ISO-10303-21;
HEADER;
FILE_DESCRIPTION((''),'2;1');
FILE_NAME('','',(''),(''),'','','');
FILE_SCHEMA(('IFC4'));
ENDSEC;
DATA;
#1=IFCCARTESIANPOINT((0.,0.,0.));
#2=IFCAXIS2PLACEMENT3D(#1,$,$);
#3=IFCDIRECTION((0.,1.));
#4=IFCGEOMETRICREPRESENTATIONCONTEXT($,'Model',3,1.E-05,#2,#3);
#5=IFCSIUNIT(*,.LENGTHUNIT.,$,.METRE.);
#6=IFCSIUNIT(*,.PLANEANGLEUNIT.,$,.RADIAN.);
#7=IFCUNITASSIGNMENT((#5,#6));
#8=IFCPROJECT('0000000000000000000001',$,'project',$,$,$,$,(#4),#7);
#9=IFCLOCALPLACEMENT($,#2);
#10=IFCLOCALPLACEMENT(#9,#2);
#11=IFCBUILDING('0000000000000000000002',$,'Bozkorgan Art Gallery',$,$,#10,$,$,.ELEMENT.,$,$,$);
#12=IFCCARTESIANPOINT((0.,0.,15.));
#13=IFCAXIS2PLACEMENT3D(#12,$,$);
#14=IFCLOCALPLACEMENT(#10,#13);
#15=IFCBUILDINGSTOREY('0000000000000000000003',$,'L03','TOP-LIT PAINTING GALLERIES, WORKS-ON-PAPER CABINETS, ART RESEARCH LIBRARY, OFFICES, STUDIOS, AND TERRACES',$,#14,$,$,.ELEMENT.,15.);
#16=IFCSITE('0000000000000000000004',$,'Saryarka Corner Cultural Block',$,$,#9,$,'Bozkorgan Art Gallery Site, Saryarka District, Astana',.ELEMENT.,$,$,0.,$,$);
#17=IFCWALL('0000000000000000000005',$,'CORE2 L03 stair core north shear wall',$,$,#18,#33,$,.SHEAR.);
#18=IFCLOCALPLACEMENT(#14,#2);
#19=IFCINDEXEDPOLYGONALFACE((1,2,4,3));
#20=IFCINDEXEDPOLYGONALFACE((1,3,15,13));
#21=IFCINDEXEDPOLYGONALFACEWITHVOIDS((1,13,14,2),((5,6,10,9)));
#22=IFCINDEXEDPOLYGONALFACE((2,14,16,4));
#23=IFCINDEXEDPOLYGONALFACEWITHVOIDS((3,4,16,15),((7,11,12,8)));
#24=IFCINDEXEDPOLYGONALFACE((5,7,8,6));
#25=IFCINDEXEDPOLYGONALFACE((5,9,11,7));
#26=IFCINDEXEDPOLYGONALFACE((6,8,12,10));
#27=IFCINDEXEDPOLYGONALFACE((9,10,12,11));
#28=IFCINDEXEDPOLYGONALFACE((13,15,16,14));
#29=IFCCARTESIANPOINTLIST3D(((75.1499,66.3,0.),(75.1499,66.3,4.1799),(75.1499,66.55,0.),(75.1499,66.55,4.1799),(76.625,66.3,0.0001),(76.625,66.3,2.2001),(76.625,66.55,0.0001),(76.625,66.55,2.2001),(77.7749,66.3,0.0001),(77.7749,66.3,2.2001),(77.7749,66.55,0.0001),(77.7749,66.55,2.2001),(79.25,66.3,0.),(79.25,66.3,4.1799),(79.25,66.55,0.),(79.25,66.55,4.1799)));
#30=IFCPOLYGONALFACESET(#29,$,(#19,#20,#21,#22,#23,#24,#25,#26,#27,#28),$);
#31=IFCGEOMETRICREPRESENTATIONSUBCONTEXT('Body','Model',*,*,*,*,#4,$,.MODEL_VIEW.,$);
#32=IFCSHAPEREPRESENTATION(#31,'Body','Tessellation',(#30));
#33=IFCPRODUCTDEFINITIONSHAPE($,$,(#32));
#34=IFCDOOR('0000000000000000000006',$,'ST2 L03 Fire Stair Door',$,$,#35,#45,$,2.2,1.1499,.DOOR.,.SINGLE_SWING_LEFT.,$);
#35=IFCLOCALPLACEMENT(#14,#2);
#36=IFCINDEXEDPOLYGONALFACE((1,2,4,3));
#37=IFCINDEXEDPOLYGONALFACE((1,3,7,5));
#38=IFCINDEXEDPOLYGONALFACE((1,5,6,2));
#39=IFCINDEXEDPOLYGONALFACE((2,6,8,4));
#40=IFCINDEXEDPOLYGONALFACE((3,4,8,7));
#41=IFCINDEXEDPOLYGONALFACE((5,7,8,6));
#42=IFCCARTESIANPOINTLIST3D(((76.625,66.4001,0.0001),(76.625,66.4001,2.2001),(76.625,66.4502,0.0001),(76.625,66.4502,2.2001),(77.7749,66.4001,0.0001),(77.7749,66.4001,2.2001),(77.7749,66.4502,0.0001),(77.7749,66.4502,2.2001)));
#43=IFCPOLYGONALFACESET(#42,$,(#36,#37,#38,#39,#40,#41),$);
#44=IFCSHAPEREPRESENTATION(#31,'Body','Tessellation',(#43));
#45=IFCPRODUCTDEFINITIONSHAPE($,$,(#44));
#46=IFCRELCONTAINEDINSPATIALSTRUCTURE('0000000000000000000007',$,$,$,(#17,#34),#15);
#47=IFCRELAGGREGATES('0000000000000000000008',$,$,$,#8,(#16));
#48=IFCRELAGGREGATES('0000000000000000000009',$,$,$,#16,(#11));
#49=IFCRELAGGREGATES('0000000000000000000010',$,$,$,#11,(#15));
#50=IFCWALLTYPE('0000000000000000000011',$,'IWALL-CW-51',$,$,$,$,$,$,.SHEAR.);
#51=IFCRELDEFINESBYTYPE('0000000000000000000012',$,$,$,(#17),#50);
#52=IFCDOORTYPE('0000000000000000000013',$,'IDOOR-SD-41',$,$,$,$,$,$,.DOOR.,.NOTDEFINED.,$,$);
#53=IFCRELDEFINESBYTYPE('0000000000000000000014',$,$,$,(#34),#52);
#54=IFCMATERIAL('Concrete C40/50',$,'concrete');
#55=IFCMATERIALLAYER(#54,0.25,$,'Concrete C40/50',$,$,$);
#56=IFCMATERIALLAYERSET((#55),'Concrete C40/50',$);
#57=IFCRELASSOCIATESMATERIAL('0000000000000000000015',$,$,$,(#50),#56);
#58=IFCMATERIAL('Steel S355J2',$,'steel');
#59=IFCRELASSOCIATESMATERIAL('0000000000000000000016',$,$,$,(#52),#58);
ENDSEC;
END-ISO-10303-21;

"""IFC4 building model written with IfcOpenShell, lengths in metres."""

from ifc_helpers import new_model, si_unit, direction, frame, frame_2d, origin, place, context, subcontext, project, spatial, rectangle, extrude, material, layer, layer_set, type_object, element, fill, save


model = new_model("IFC4")

# Units and contexts
model_context = context("Model", 3, precision=1e-05, world=origin(), true_north=direction((0.0, 1.0)))
body_context = subcontext(model_context, "Body", "Model", "MODEL_VIEW")
ifc_project = project(units=[si_unit("LENGTHUNIT", "METRE"), si_unit("PLANEANGLEUNIT", "RADIAN")], contexts=[model_context])

# Site, building, storey
site_placement = place(None, origin())
site = spatial("IfcSite", under=ifc_project, at=site_placement, Name="Saryarka Corner Cultural Block", LongName="Bozkorgan Art Gallery Site, Saryarka District, Astana", CompositionType="ELEMENT", RefElevation=0.0)
building_placement = place(site_placement, origin())
building = spatial("IfcBuilding", under=site, at=building_placement, Name="Bozkorgan Art Gallery", CompositionType="ELEMENT")
storey_placement = place(building_placement, frame((0.0, 0.0, 15.0)))
storey = spatial("IfcBuildingStorey", under=building, at=storey_placement, Name="L03", Description="TOP-LIT PAINTING GALLERIES, WORKS-ON-PAPER CABINETS, ART RESEARCH LIBRARY, OFFICES, STUDIOS, AND TERRACES", CompositionType="ELEMENT", Elevation=15.0)

# Shared definitions
ifc_material_1 = material(Name="Steel S355J2", Category="steel")

# Wall, opening, door
ifc_material_2 = material(Name="Concrete C40/50", Category="concrete")
ifc_layer_1 = layer(ifc_material_2, 0.25, Name="Concrete C40/50")
ifc_layer_set_1 = layer_set([ifc_layer_1], Name="Concrete C40/50")
wall_type = type_object("IfcWallType", Name="IWALL-CW-51", PredefinedType="SHEAR", material=ifc_layer_set_1)
wall_placement = place(storey_placement, frame((75.1499, 66.425, 0.0), z_axis=(0.0, 0.0, 1.0), x_axis=(1.0, 0.0, 0.0)))
wall = element("IfcWall", 1, at=wall_placement, inside=storey, type_object=wall_type, Name="CORE2 L03 stair core north shear wall", PredefinedType="SHEAR", context=body_context, shape_type="SweptSolid", body=[
    extrude(rectangle(XDim=4.1001, YDim=0.25, at=frame_2d((2.05, 0.0))), origin(), (0.0, 0.0, 1.0), 4.1799),
])
opening_placement = place(wall_placement, frame((2.625, 0.0, 0.0), z_axis=(0.0, 0.0, 1.0), x_axis=(-1.0, 0.0, 0.0)))
opening = element("IfcOpeningElement", 2, at=opening_placement, cuts=wall, PredefinedType="OPENING", context=body_context, shape_type="SweptSolid", body=[
    extrude(rectangle(XDim=1.1499, YDim=2.2, at=frame_2d((0.575, 1.1001))), frame((0.0, 0.135, 0.0), z_axis=(0.0, -1.0, 0.0), x_axis=(1.0, 0.0, 0.0)), (0.0, 0.0, 1.0), 0.27),
])
door_type = type_object("IfcDoorType", Name="IDOOR-SD-41", OperationType="NOTDEFINED", PredefinedType="DOOR", material=ifc_material_1)
door_placement = place(opening_placement, origin())
door = element("IfcDoor", 3, at=door_placement, inside=storey, type_object=door_type, Name="ST2 L03 Fire Stair Door", OperationType="SINGLE_SWING_LEFT", OverallHeight=2.2, OverallWidth=1.1499, PredefinedType="DOOR", context=body_context, shape_type="SweptSolid", body=[
    extrude(rectangle(XDim=1.1499, YDim=2.2, at=frame_2d((0.575, 1.1001))), frame((0.0, 0.0249, 0.0), z_axis=(0.0, -1.0, 0.0), x_axis=(1.0, 0.0, 0.0)), (0.0, 0.0, 1.0), 0.05),
])
fill(opening, door)

save(model, "model.ifc")
